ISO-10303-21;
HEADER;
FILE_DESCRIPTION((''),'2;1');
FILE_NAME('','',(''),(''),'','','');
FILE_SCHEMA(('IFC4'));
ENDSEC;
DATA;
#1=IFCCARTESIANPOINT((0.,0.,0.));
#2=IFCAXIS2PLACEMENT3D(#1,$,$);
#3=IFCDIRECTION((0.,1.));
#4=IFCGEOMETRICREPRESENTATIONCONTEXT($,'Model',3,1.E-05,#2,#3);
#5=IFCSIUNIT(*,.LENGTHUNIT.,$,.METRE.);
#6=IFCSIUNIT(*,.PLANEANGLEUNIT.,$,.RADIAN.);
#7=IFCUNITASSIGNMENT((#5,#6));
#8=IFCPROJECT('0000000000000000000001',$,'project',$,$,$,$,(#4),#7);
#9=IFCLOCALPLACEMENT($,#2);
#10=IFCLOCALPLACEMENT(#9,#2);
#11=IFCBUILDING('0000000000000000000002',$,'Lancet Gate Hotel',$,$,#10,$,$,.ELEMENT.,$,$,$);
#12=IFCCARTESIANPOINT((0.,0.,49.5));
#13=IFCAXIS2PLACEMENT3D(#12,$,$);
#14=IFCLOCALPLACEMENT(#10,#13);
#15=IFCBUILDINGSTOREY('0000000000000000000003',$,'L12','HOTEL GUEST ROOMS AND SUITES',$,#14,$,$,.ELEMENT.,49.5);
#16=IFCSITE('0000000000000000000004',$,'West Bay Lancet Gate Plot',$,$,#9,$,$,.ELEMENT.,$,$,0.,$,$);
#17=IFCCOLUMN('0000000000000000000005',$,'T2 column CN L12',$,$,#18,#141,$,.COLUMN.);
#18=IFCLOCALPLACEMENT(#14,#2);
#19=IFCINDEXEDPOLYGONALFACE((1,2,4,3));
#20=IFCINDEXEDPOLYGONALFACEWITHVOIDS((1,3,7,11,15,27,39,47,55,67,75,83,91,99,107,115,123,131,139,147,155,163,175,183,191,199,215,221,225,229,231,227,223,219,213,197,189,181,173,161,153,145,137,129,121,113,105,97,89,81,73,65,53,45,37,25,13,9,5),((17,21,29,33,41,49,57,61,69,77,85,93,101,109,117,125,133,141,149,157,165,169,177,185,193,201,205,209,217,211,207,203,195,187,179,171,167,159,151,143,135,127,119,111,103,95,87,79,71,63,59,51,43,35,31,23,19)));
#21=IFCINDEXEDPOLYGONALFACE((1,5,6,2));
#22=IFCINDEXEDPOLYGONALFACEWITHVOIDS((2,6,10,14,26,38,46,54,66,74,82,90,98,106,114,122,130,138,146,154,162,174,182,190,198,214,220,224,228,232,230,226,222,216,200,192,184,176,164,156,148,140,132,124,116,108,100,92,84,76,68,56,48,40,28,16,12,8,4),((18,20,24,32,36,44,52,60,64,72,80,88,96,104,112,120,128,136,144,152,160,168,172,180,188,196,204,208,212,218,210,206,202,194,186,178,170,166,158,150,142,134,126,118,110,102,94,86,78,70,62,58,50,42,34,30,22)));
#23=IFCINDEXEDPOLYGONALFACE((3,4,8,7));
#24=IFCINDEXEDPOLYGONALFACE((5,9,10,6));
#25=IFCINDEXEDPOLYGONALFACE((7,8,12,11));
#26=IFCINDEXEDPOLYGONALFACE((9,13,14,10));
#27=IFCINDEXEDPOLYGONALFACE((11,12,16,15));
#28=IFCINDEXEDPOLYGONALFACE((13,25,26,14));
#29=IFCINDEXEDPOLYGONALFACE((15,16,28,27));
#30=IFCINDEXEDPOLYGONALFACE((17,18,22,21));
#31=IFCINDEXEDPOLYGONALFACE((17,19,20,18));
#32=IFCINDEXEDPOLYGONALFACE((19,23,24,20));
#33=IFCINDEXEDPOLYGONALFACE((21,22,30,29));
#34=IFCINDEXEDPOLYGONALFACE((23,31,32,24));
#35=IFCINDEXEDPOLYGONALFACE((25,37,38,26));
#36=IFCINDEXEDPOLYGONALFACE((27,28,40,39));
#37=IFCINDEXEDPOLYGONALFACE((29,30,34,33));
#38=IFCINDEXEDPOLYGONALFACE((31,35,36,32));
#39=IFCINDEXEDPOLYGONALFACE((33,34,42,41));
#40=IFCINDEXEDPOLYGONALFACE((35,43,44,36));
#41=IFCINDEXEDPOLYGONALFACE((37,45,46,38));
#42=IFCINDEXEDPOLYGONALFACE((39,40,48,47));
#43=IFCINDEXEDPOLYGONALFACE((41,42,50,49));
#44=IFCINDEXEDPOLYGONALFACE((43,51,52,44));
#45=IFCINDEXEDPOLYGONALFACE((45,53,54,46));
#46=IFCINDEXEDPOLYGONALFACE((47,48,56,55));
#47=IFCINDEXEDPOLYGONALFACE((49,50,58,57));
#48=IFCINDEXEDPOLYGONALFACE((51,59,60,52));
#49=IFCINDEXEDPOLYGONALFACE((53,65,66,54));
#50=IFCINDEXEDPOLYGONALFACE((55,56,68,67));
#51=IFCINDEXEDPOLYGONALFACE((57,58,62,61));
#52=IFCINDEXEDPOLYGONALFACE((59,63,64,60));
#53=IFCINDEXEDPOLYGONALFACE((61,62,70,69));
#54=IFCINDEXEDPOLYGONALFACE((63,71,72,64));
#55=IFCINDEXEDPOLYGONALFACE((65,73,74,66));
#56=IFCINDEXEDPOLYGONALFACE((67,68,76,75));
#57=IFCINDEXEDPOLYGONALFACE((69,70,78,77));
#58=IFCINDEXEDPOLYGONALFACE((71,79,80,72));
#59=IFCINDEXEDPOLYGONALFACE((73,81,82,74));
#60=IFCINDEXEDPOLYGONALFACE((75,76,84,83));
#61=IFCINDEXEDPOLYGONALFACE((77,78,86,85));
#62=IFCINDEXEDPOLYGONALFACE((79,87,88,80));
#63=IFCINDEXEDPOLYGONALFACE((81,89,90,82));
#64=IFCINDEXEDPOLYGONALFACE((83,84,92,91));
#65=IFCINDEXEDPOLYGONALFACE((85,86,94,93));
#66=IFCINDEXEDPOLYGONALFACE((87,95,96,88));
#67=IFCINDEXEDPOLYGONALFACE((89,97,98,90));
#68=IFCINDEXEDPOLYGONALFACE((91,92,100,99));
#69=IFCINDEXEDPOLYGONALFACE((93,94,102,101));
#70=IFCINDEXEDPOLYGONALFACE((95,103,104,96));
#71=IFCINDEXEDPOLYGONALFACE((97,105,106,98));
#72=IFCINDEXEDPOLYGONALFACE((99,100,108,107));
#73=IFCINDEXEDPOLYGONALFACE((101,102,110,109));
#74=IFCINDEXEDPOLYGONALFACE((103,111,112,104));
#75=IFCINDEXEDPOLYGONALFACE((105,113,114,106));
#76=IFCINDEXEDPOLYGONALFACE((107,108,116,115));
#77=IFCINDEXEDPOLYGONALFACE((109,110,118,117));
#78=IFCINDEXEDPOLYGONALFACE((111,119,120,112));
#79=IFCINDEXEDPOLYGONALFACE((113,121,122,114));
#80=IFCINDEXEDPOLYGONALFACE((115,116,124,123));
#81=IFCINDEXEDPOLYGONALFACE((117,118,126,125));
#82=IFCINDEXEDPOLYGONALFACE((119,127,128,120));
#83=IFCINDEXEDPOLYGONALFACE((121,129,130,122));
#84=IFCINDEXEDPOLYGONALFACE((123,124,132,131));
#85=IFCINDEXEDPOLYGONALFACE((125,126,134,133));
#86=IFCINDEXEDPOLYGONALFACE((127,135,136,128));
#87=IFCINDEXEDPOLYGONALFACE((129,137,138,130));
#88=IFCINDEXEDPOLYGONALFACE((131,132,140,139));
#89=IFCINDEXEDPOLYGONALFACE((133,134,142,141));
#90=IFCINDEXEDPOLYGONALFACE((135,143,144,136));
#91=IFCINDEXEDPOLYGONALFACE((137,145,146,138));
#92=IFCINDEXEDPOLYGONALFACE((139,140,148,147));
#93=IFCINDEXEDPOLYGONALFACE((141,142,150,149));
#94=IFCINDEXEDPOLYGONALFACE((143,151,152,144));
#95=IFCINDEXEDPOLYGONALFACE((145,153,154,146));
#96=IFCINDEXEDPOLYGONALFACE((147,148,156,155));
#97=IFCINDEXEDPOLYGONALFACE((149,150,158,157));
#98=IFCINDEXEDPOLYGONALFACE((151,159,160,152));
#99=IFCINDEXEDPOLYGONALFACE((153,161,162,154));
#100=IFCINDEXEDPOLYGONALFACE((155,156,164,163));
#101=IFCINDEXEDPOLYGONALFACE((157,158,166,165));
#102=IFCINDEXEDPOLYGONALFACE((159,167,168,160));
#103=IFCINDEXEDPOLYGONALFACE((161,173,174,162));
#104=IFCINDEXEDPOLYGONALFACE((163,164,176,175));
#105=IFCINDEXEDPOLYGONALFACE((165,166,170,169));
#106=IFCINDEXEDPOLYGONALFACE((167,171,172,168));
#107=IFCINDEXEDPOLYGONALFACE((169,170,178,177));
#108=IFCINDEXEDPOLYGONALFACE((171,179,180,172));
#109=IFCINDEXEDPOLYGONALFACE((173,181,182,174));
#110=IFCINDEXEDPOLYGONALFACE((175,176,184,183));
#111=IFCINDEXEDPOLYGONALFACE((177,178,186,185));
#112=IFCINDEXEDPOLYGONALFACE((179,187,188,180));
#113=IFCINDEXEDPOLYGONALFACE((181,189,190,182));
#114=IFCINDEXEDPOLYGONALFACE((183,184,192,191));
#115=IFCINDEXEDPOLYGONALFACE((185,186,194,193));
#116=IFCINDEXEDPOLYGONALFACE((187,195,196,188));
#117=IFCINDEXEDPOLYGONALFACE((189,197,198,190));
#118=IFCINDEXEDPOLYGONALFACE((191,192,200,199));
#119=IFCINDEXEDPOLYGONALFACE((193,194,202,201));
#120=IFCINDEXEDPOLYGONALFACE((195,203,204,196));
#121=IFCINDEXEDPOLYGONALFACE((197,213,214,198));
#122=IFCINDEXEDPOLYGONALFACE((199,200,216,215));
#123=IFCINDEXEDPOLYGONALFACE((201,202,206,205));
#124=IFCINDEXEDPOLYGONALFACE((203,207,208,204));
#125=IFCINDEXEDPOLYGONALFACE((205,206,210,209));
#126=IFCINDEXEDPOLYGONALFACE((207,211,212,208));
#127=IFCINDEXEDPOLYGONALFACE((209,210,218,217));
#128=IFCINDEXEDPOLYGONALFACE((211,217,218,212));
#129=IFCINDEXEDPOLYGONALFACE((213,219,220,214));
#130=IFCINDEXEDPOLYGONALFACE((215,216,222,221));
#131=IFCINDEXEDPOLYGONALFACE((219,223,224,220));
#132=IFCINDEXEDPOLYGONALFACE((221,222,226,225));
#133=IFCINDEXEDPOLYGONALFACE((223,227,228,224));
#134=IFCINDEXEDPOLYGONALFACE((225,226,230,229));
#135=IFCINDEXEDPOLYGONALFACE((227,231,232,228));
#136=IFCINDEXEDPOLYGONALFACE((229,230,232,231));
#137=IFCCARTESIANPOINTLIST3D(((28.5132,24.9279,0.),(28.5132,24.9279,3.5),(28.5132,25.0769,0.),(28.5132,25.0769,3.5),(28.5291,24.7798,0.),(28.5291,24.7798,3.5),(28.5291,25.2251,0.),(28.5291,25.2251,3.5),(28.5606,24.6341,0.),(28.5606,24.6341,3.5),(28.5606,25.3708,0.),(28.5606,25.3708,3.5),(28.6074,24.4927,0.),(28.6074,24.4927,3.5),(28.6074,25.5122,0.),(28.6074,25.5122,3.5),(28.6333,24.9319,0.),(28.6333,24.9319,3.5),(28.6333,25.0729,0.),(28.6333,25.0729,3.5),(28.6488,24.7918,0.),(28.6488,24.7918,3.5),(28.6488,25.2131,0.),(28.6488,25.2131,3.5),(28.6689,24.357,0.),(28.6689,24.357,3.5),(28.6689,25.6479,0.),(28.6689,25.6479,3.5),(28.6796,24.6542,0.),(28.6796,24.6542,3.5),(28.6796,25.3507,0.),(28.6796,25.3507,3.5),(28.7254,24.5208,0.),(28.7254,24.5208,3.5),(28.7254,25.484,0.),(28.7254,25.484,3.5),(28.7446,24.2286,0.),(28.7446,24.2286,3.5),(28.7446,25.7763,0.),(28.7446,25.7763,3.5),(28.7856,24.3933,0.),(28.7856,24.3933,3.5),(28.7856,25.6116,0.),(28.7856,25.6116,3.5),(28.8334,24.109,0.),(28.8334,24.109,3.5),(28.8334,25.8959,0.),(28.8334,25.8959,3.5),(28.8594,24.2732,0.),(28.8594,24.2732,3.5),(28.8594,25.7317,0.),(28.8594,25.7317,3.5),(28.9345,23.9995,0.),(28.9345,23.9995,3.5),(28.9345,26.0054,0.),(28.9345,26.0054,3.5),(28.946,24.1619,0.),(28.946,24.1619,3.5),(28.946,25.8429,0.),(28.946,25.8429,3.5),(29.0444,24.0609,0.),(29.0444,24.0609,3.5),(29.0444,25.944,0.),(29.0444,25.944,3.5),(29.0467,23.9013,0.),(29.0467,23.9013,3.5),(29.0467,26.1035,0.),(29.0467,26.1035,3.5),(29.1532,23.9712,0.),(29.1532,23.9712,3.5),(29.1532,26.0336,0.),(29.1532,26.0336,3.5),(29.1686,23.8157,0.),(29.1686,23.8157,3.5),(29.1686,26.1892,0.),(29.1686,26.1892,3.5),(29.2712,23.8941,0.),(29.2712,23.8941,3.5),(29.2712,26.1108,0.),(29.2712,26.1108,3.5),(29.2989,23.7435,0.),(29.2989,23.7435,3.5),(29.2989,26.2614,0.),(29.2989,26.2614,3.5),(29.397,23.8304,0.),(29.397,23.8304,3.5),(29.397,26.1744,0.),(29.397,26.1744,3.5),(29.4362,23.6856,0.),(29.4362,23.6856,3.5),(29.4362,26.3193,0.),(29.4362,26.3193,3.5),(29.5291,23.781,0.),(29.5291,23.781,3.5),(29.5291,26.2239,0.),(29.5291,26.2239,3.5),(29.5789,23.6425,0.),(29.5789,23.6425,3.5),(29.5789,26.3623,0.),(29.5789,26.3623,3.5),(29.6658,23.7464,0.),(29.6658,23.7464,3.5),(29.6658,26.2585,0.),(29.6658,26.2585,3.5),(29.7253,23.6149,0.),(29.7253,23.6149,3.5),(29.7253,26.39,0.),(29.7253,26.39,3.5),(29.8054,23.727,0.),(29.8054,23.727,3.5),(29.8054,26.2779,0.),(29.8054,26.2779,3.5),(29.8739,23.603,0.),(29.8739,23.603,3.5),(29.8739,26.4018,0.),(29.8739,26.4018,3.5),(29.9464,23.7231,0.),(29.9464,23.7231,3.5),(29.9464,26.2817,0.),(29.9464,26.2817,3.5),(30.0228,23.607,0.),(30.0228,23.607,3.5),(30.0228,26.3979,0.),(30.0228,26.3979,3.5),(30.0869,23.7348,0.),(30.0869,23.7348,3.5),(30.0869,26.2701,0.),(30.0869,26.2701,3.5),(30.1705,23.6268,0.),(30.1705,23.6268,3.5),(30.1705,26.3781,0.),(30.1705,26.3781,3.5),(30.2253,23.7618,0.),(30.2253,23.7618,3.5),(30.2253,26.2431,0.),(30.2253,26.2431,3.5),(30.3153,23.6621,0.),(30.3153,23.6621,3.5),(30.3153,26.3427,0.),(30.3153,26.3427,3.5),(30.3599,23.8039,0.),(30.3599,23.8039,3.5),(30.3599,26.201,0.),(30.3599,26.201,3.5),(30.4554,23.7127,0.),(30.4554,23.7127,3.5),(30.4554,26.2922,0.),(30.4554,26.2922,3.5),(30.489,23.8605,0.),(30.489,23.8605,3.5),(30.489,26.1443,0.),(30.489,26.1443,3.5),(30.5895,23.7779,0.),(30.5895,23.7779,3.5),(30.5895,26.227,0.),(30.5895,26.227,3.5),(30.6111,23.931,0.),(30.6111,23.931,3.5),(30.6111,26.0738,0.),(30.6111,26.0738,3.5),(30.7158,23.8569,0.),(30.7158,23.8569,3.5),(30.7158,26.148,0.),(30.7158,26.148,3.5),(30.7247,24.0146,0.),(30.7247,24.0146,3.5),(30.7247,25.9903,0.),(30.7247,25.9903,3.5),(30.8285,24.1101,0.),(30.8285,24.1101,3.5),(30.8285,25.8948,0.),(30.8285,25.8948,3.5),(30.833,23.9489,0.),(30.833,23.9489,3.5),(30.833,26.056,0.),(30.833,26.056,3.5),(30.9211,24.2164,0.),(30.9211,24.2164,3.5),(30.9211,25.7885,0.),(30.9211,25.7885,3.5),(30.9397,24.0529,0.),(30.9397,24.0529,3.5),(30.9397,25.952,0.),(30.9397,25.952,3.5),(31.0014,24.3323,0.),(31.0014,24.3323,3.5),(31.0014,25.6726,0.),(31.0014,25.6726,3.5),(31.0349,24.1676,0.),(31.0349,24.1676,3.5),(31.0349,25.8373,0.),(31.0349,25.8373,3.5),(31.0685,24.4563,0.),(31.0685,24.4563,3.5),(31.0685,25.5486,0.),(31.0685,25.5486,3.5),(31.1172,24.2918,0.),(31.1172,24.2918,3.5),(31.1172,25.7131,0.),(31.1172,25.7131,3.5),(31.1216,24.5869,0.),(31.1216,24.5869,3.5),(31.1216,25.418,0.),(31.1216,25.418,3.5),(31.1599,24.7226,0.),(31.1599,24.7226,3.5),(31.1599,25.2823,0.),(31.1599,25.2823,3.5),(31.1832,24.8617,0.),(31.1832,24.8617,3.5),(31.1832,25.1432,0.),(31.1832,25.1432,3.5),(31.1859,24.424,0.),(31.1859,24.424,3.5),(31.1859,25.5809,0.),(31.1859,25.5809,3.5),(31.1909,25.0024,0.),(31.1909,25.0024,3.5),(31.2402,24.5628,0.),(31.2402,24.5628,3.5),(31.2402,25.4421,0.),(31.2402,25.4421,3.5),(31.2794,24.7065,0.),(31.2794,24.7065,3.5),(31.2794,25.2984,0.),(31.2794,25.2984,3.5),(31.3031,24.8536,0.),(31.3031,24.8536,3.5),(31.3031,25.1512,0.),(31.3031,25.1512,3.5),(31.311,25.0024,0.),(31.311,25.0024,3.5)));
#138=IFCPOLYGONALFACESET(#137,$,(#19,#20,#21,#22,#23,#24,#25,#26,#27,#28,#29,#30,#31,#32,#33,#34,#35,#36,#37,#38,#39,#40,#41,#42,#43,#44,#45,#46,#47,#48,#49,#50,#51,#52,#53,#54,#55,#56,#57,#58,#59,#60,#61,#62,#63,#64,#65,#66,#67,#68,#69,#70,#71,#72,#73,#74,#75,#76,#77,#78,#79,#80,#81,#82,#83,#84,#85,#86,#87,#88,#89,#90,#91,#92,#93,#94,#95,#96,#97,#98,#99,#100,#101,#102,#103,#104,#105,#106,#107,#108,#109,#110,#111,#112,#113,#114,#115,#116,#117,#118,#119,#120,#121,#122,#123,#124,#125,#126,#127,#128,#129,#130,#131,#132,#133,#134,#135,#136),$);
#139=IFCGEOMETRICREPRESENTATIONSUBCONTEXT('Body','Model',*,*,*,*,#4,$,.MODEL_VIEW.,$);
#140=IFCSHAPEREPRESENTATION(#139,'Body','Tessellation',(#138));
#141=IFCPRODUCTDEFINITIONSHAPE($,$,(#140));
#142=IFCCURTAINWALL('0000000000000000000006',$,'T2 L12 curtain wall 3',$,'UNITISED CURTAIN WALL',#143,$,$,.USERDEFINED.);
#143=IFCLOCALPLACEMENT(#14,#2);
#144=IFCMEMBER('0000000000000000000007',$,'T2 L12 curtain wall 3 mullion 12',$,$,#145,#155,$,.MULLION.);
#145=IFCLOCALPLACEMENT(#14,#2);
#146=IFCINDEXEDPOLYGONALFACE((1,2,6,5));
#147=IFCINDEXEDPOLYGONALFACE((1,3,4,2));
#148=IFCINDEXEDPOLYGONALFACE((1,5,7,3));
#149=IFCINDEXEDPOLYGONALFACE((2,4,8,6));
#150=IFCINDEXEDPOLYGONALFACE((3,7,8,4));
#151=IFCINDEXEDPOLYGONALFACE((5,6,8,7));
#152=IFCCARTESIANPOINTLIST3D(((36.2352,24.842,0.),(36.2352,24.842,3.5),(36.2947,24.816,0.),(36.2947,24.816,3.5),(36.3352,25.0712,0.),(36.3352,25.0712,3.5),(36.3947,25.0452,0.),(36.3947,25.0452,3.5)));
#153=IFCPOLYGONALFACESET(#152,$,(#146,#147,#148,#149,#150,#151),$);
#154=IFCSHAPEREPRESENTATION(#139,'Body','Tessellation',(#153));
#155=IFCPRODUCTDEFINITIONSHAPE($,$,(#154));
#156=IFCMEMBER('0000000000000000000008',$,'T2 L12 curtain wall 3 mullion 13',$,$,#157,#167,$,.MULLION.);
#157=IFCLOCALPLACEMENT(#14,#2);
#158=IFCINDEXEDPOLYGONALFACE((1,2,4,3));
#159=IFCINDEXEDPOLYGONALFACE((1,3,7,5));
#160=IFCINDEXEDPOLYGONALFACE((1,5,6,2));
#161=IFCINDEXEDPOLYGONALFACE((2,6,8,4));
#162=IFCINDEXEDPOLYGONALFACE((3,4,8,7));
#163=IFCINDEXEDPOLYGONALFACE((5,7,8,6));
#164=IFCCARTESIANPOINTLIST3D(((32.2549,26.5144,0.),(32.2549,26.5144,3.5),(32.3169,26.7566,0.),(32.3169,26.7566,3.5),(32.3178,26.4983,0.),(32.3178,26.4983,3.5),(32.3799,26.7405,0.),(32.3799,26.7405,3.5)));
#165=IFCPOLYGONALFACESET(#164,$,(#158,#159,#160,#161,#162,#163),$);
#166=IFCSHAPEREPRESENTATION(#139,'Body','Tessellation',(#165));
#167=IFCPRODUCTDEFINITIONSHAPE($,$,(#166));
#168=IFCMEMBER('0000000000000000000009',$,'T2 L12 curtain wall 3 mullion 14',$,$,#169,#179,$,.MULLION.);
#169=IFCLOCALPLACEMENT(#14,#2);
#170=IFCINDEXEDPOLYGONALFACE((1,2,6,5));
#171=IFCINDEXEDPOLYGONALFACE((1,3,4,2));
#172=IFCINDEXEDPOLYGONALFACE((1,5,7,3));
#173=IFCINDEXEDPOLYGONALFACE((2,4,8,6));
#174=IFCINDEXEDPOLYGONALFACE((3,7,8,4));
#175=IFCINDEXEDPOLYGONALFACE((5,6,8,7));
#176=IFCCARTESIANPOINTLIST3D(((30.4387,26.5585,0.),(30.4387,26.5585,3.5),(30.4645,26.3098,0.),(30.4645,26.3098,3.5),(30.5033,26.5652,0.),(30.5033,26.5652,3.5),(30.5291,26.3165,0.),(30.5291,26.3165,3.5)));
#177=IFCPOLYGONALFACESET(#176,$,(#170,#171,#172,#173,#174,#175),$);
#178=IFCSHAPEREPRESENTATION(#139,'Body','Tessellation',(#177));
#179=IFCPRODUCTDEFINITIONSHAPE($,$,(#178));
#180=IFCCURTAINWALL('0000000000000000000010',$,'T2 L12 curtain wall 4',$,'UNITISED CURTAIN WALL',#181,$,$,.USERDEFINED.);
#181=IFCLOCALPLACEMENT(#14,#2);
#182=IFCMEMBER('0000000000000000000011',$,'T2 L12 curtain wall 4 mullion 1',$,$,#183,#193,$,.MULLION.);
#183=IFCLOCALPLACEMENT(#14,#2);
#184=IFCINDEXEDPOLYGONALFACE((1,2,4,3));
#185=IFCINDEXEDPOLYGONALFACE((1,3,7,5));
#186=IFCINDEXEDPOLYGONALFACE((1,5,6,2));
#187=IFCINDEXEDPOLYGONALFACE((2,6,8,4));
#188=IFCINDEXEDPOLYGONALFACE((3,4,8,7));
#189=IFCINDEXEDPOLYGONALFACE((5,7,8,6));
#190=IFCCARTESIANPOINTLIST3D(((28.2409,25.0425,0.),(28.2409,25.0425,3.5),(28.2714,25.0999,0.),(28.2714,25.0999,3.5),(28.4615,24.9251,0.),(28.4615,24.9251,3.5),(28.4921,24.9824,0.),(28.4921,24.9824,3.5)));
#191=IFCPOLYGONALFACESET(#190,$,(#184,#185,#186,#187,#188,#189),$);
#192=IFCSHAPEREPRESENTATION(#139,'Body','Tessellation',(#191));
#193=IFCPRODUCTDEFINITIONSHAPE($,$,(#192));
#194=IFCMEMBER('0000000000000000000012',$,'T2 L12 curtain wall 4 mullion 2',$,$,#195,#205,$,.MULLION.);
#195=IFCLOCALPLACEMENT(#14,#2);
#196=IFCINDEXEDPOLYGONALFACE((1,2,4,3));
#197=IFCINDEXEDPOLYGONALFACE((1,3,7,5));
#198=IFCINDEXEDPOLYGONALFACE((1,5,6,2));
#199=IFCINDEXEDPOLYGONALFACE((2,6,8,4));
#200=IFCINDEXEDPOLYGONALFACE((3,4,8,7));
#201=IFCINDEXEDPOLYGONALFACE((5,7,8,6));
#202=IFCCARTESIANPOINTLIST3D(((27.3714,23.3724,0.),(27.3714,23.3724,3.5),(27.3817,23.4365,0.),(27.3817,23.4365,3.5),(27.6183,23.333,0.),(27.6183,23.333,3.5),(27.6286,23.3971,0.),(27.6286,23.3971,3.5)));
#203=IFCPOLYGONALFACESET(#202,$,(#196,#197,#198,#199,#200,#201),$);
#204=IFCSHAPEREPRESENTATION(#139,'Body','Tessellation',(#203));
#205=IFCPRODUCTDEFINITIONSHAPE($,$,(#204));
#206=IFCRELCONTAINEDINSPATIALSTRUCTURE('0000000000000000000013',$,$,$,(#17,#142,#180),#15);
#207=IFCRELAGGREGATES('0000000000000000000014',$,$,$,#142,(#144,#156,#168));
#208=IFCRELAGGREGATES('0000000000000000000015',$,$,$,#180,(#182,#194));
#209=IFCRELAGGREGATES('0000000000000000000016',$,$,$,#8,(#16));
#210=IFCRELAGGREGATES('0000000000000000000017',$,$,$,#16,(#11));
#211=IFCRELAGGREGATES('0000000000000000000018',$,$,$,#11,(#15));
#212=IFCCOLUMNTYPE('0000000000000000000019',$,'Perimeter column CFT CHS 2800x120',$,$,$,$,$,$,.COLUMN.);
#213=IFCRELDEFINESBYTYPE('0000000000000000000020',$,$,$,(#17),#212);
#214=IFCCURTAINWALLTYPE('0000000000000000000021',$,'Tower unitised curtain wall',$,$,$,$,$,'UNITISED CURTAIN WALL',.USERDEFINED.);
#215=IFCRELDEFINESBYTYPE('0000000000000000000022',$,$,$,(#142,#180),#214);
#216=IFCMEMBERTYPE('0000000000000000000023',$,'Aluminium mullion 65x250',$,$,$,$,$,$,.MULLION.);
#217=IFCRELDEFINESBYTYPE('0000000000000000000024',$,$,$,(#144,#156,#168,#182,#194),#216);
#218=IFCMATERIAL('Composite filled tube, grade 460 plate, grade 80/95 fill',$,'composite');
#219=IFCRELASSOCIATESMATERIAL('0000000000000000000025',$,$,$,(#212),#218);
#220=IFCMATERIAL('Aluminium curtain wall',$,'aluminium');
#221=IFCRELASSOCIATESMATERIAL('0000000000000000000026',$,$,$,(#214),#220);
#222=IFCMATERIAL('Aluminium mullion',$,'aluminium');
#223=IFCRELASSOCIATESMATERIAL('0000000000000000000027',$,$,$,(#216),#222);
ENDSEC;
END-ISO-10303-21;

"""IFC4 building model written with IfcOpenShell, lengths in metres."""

from ifc_helpers import new_model, si_unit, direction, frame, origin, origin_2d, place, context, subcontext, project, spatial, rectangle, hollow_circle, extrude, material, material_profile, profile_set, type_object, element, aggregate, save


model = new_model("IFC4")

# Units and contexts
model_context = context("Model", 3, precision=1e-05, world=origin(), true_north=direction((0.0, 1.0)))
body_context = subcontext(model_context, "Body", "Model", "MODEL_VIEW")
ifc_project = project(units=[si_unit("LENGTHUNIT", "METRE"), si_unit("PLANEANGLEUNIT", "RADIAN")], contexts=[model_context])

# Site, building, storey
site_placement = place(None, origin())
site = spatial("IfcSite", under=ifc_project, at=site_placement, Name="West Bay Lancet Gate Plot", CompositionType="ELEMENT", RefElevation=0.0)
building_placement = place(site_placement, origin())
building = spatial("IfcBuilding", under=site, at=building_placement, Name="Lancet Gate Hotel", CompositionType="ELEMENT")
storey_placement = place(building_placement, frame((0.0, 0.0, 49.5)))
storey = spatial("IfcBuildingStorey", under=building, at=storey_placement, Name="L12", Description="HOTEL GUEST ROOMS AND SUITES", CompositionType="ELEMENT", Elevation=49.5)

# Column
ifc_material_1 = material(Name="Composite filled tube, grade 460 plate, grade 80/95 fill", Category="composite")
ifc_material_profile_1 = material_profile(ifc_material_1, hollow_circle(Radius=1.3999, WallThickness=0.1201, at=origin_2d()), Name="CHS 2800x120")
ifc_profile_set_1 = profile_set([ifc_material_profile_1], Name="Composite filled tube, grade 460 plate, grade 80/95 fill")
column_type = type_object("IfcColumnType", Name="Perimeter column CFT CHS 2800x120", PredefinedType="COLUMN", material=ifc_profile_set_1)
column_placement = place(storey_placement, frame((29.9111, 25.0024, 0.0), z_axis=(0.0, 0.0, 1.0), x_axis=(1.0, 0.0, 0.0)))
element("IfcColumn", 1, at=column_placement, inside=storey, type_object=column_type, Name="T2 column CN L12", PredefinedType="COLUMN", context=body_context, shape_type="SweptSolid", body=[
    extrude(hollow_circle(Radius=1.3999, WallThickness=0.1201, at=origin_2d()), origin(), (0.0, 0.0, 1.0), 3.5),
])

# Curtain walls, members
ifc_material_2 = material(Name="Aluminium curtain wall", Category="aluminium")
curtain_wall_type = type_object("IfcCurtainWallType", Name="Tower unitised curtain wall", ElementType="UNITISED CURTAIN WALL", PredefinedType="USERDEFINED", material=ifc_material_2)
curtain_wall_1_placement = place(storey_placement, origin())
curtain_wall_1 = element("IfcCurtainWall", 2, at=curtain_wall_1_placement, inside=storey, type_object=curtain_wall_type, Name="T2 L12 curtain wall 3", ObjectType="UNITISED CURTAIN WALL", PredefinedType="USERDEFINED")
ifc_material_3 = material(Name="Aluminium mullion", Category="aluminium")
ifc_material_profile_2 = material_profile(ifc_material_3, rectangle(XDim=0.0649, YDim=0.25, at=origin_2d()), Name="MULLION 65x250")
ifc_profile_set_2 = profile_set([ifc_material_profile_2], Name="Aluminium mullion")
member_type_1 = type_object("IfcMemberType", Name="Aluminium mullion 65x250", PredefinedType="MULLION", material=ifc_profile_set_2)
member_1_placement = place(storey_placement, frame((36.3149, 24.9436, 0.0), z_axis=(0.0, 0.0, 1.0), x_axis=(-0.916579, 0.399854, 0.0)))
member_1 = element("IfcMember", 3, at=member_1_placement, type_object=member_type_1, Name="T2 L12 curtain wall 3 mullion 12", PredefinedType="MULLION", context=body_context, shape_type="SweptSolid", body=[
    extrude(rectangle(XDim=0.0649, YDim=0.25, at=origin_2d()), origin(), (0.0, 0.0, 1.0), 3.5),
])
member_2_placement = place(storey_placement, frame((32.3174, 26.6274, 0.0), z_axis=(0.0, 0.0, 1.0), x_axis=(-0.968721, 0.24815, 0.0)))
member_2 = element("IfcMember", 4, at=member_2_placement, type_object=member_type_1, Name="T2 L12 curtain wall 3 mullion 13", PredefinedType="MULLION", context=body_context, shape_type="SweptSolid", body=[
    extrude(rectangle(XDim=0.0649, YDim=0.25, at=origin_2d()), origin(), (0.0, 0.0, 1.0), 3.5),
])
member_3_placement = place(storey_placement, frame((30.4839, 26.4375, 0.0), z_axis=(0.0, 0.0, 1.0), x_axis=(-0.994672, -0.103088, 0.0)))
member_3 = element("IfcMember", 5, at=member_3_placement, type_object=member_type_1, Name="T2 L12 curtain wall 3 mullion 14", PredefinedType="MULLION", context=body_context, shape_type="SweptSolid", body=[
    extrude(rectangle(XDim=0.0649, YDim=0.25, at=origin_2d()), origin(), (0.0, 0.0, 1.0), 3.5),
])
curtain_wall_2_placement = place(storey_placement, origin())
curtain_wall_2 = element("IfcCurtainWall", 6, at=curtain_wall_2_placement, inside=storey, type_object=curtain_wall_type, Name="T2 L12 curtain wall 4", ObjectType="UNITISED CURTAIN WALL", PredefinedType="USERDEFINED")
member_4_placement = place(storey_placement, frame((28.3665, 25.0125, 0.0), z_axis=(0.0, 0.0, 1.0), x_axis=(-0.469898, -0.882721, 0.0)))
member_4 = element("IfcMember", 7, at=member_4_placement, type_object=member_type_1, Name="T2 L12 curtain wall 4 mullion 1", PredefinedType="MULLION", context=body_context, shape_type="SweptSolid", body=[
    extrude(rectangle(XDim=0.0649, YDim=0.25, at=origin_2d()), origin(), (0.0, 0.0, 1.0), 3.5),
])
member_5_placement = place(storey_placement, frame((27.5, 23.3848, 0.0), z_axis=(0.0, 0.0, 1.0), x_axis=(-0.157752, -0.987479, 0.0)))
member_5 = element("IfcMember", 8, at=member_5_placement, type_object=member_type_1, Name="T2 L12 curtain wall 4 mullion 2", PredefinedType="MULLION", context=body_context, shape_type="SweptSolid", body=[
    extrude(rectangle(XDim=0.0649, YDim=0.25, at=origin_2d()), origin(), (0.0, 0.0, 1.0), 3.5),
])

aggregate(curtain_wall_1, [member_1, member_2, member_3])
aggregate(curtain_wall_2, [member_4, member_5])

save(model, "model.ifc")
